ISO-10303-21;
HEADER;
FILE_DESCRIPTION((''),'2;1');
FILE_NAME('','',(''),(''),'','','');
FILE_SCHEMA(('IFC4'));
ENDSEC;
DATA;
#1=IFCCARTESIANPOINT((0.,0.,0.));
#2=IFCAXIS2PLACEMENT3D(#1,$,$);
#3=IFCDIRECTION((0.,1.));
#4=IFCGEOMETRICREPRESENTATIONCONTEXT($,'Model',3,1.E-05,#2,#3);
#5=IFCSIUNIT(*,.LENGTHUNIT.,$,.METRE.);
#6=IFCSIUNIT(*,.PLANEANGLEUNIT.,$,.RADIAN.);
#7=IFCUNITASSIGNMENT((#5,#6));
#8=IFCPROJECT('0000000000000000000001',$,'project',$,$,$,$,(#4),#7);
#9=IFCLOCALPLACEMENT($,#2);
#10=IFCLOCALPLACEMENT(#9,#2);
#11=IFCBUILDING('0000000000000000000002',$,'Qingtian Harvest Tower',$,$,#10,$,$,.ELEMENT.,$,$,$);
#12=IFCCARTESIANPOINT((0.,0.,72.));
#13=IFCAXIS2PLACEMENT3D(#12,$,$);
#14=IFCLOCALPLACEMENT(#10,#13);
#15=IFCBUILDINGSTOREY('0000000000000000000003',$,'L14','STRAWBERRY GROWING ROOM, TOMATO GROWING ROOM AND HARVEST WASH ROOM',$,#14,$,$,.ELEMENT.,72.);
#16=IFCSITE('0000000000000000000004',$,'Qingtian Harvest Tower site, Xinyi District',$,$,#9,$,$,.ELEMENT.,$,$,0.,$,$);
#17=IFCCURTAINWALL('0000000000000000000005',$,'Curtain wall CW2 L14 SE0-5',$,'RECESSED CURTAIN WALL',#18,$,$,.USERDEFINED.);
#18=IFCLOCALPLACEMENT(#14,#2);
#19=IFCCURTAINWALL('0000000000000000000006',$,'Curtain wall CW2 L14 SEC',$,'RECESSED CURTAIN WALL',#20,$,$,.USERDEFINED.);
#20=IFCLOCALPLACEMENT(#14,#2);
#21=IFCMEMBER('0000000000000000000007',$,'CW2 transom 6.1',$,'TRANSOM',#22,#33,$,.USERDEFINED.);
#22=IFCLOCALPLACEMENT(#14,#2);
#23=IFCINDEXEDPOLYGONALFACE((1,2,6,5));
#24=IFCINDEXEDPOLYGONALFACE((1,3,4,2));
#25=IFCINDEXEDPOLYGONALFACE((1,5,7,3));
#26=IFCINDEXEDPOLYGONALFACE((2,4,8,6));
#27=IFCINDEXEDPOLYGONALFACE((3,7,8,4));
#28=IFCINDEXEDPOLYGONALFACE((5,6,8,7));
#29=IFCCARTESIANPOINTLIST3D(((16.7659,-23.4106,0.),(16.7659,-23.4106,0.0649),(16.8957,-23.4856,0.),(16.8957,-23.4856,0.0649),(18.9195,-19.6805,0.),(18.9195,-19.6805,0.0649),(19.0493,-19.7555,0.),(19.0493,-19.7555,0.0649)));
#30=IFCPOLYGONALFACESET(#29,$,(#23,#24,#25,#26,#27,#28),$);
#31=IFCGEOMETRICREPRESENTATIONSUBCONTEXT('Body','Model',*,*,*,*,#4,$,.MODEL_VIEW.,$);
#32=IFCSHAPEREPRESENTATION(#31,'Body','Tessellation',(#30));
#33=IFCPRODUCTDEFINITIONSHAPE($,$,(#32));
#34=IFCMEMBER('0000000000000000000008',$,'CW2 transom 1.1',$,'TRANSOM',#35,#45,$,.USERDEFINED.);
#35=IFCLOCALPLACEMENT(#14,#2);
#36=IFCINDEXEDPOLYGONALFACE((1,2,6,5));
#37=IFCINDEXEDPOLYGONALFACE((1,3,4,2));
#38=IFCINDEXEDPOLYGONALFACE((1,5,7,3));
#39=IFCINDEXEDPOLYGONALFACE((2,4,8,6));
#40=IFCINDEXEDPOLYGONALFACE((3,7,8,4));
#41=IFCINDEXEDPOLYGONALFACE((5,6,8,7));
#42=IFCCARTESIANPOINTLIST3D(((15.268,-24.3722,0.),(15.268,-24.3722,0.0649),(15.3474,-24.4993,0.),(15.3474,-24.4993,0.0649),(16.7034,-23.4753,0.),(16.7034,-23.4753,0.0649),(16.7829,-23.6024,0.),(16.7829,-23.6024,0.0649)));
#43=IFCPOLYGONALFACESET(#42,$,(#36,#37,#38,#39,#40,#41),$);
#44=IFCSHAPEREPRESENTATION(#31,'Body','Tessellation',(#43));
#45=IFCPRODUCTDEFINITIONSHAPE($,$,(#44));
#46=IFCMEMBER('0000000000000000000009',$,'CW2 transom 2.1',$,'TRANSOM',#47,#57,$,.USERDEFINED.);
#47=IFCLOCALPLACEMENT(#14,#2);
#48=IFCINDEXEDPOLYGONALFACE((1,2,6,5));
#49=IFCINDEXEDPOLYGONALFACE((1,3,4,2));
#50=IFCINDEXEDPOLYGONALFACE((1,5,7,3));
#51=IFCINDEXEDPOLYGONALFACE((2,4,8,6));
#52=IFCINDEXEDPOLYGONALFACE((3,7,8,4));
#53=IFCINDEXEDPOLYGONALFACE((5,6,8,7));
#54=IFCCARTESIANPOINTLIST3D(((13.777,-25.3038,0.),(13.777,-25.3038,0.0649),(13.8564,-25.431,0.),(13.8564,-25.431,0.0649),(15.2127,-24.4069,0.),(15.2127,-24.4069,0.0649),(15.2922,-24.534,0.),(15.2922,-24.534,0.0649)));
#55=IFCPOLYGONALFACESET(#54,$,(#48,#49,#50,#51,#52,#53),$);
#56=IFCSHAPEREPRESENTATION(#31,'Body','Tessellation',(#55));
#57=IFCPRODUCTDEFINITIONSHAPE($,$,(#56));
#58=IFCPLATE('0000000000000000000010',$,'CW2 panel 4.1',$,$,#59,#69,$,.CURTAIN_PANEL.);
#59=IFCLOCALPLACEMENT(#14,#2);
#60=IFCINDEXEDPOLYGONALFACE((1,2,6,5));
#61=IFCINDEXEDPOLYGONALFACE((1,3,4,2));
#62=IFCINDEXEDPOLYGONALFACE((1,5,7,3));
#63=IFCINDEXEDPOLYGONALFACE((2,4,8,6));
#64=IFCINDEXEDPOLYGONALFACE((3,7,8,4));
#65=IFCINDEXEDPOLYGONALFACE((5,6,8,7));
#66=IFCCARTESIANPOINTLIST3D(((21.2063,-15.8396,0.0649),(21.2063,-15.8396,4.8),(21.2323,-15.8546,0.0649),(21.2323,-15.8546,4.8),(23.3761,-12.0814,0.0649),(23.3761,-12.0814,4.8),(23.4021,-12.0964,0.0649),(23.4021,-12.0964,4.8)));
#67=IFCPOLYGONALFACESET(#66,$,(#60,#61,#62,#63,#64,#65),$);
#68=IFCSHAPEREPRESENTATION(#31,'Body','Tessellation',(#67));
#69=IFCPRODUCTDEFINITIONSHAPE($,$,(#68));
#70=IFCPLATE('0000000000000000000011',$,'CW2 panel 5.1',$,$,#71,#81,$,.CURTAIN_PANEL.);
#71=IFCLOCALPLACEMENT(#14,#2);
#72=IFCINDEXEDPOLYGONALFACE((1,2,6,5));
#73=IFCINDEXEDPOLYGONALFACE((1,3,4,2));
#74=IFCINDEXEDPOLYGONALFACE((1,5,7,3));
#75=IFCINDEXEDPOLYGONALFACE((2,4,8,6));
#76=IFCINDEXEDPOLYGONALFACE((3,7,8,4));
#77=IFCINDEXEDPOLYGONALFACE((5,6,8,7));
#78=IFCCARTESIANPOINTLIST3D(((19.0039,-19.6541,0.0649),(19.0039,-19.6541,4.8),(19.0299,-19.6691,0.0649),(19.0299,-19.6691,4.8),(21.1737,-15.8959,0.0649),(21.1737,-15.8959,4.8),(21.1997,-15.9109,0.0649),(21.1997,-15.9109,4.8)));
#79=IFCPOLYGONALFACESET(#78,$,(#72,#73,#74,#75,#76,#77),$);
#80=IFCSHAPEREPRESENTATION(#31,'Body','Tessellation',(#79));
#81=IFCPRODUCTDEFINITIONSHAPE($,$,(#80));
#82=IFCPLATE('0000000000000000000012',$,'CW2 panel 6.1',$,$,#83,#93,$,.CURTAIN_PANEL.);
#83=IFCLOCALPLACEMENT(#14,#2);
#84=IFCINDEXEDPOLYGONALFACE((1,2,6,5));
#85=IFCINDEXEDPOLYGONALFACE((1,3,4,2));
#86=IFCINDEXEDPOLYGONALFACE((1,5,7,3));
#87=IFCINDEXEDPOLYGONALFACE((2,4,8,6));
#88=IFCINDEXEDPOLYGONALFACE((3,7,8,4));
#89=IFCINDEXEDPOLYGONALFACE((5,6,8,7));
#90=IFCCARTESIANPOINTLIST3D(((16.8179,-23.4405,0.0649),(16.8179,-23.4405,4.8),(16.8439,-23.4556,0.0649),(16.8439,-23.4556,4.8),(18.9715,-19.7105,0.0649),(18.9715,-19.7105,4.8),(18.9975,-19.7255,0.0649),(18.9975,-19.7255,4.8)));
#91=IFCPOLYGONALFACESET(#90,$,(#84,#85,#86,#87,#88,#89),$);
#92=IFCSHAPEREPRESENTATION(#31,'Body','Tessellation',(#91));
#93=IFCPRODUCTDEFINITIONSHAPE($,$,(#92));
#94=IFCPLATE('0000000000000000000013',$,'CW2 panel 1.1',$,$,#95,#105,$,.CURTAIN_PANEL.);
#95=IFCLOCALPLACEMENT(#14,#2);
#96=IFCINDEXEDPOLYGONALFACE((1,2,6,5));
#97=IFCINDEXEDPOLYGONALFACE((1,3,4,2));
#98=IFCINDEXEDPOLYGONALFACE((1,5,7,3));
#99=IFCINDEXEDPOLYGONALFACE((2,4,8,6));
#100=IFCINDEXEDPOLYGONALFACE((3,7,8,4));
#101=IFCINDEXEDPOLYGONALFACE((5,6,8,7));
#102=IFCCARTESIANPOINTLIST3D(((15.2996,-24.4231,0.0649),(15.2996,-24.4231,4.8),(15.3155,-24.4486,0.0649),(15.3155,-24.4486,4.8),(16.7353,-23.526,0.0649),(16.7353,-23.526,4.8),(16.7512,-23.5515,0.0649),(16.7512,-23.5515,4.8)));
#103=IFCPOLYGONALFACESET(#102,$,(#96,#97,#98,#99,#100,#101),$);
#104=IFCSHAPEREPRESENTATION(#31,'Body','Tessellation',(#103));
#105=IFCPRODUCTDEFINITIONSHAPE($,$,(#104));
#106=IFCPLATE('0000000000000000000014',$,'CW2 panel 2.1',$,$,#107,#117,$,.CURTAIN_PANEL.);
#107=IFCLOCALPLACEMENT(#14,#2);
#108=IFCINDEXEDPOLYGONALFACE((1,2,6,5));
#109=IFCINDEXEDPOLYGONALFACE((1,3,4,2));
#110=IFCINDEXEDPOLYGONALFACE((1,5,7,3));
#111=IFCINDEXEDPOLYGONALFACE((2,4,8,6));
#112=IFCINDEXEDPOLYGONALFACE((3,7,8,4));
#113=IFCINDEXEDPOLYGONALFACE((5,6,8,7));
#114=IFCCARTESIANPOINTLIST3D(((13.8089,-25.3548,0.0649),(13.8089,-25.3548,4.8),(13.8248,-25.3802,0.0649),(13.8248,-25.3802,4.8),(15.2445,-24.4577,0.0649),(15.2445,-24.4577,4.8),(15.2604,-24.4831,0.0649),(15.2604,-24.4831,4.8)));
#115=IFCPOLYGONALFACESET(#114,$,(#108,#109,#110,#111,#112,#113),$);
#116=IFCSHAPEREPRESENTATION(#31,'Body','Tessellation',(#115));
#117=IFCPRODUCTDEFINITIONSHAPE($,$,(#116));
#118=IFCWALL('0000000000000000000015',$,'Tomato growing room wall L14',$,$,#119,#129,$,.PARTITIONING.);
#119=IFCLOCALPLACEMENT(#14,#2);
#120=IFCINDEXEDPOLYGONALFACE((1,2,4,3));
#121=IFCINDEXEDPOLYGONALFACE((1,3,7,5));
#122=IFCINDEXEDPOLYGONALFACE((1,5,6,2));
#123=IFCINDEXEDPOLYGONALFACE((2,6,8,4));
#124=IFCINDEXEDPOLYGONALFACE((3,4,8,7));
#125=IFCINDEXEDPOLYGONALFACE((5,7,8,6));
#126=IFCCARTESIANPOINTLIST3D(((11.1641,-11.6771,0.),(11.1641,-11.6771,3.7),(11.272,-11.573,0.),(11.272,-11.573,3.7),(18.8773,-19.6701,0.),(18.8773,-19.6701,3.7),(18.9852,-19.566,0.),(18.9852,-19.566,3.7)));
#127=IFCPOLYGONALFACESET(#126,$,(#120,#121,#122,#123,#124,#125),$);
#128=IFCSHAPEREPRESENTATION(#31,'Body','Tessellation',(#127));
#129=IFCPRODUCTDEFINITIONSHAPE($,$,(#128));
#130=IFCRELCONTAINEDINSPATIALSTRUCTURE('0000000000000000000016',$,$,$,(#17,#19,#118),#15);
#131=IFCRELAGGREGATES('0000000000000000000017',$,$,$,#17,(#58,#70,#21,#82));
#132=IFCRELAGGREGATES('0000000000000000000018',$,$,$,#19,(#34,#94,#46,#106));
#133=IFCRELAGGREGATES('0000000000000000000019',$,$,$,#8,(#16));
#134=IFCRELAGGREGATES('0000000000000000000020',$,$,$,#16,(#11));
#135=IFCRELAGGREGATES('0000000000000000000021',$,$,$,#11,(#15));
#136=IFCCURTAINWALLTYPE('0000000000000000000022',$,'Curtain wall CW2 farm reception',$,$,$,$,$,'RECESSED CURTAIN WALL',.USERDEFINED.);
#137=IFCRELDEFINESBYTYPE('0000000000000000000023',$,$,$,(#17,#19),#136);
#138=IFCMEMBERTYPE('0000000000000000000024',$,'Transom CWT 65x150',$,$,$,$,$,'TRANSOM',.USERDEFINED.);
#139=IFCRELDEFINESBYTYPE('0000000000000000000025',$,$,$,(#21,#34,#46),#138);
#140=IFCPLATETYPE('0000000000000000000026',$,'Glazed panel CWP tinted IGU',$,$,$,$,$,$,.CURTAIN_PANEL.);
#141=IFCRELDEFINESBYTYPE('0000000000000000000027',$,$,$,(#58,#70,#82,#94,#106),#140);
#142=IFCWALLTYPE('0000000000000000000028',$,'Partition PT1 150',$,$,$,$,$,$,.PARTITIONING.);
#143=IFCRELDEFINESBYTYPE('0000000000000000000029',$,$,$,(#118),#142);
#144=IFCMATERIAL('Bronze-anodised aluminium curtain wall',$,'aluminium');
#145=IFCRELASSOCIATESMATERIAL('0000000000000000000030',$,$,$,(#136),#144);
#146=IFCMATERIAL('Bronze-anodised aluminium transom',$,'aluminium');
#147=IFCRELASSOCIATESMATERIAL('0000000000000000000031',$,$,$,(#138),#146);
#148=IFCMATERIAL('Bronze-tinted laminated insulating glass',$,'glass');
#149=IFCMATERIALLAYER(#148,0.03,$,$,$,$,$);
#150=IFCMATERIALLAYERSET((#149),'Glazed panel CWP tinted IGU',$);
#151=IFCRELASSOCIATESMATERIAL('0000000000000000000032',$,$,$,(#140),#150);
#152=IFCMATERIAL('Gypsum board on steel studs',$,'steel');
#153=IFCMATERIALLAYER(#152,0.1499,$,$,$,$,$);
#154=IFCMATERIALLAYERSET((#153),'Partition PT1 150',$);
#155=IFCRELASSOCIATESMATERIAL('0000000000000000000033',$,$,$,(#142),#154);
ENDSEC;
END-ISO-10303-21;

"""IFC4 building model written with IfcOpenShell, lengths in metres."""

from ifc_helpers import new_model, si_unit, direction, frame, frame_2d, origin, origin_2d, place, context, subcontext, project, spatial, rectangle, extrude, material, layer, layer_set, material_profile, profile_set, type_object, element, aggregate, save


model = new_model("IFC4")

# Units and contexts
model_context = context("Model", 3, precision=1e-05, world=origin(), true_north=direction((0.0, 1.0)))
body_context = subcontext(model_context, "Body", "Model", "MODEL_VIEW")
ifc_project = project(units=[si_unit("LENGTHUNIT", "METRE"), si_unit("PLANEANGLEUNIT", "RADIAN")], contexts=[model_context])

# Site, building, storey
site_placement = place(None, origin())
site = spatial("IfcSite", under=ifc_project, at=site_placement, Name="Qingtian Harvest Tower site, Xinyi District", CompositionType="ELEMENT", RefElevation=0.0)
building_placement = place(site_placement, origin())
building = spatial("IfcBuilding", under=site, at=building_placement, Name="Qingtian Harvest Tower", CompositionType="ELEMENT")
storey_placement = place(building_placement, frame((0.0, 0.0, 72.0)))
storey = spatial("IfcBuildingStorey", under=building, at=storey_placement, Name="L14", Description="STRAWBERRY GROWING ROOM, TOMATO GROWING ROOM AND HARVEST WASH ROOM", CompositionType="ELEMENT", Elevation=72.0)

# Curtain walls
ifc_material_1 = material(Name="Bronze-anodised aluminium curtain wall", Category="aluminium")
curtain_wall_type = type_object("IfcCurtainWallType", Name="Curtain wall CW2 farm reception", ElementType="RECESSED CURTAIN WALL", PredefinedType="USERDEFINED", material=ifc_material_1)
curtain_wall_1_placement = place(storey_placement, origin())
curtain_wall_1 = element("IfcCurtainWall", 1, at=curtain_wall_1_placement, inside=storey, type_object=curtain_wall_type, Name="Curtain wall CW2 L14 SE0-5", ObjectType="RECESSED CURTAIN WALL", PredefinedType="USERDEFINED")
curtain_wall_2_placement = place(storey_placement, origin())
curtain_wall_2 = element("IfcCurtainWall", 2, at=curtain_wall_2_placement, inside=storey, type_object=curtain_wall_type, Name="Curtain wall CW2 L14 SEC", ObjectType="RECESSED CURTAIN WALL", PredefinedType="USERDEFINED")

# Members
ifc_material_2 = material(Name="Bronze-anodised aluminium transom", Category="aluminium")
ifc_material_profile_1 = material_profile(ifc_material_2, rectangle(XDim=0.1499, YDim=0.0649, at=origin_2d()), Name="AL 65x150")
ifc_profile_set_1 = profile_set([ifc_material_profile_1], Name="Bronze-anodised aluminium transom")
member_type_1 = type_object("IfcMemberType", Name="Transom CWT 65x150", ElementType="TRANSOM", PredefinedType="USERDEFINED", material=ifc_profile_set_1)
member_1_placement = place(storey_placement, frame((18.9844, -19.718, 0.0325), z_axis=(-0.50001, -0.866019, 0.0), x_axis=(0.866019, -0.50001, 0.0)))
member_1 = element("IfcMember", 3, at=member_1_placement, type_object=member_type_1, Name="CW2 transom 6.1", ObjectType="TRANSOM", PredefinedType="USERDEFINED", context=body_context, shape_type="SweptSolid", body=[
    extrude(rectangle(XDim=0.1499, YDim=0.0649, at=origin_2d()), origin(), (0.0, 0.0, 1.0), 4.3071),
])
member_2_placement = place(storey_placement, frame((16.7432, -23.5388, 0.0325), z_axis=(-0.848063, -0.529895, 0.0), x_axis=(0.529895, -0.848063, 0.0)))
member_2 = element("IfcMember", 4, at=member_2_placement, type_object=member_type_1, Name="CW2 transom 1.1", ObjectType="TRANSOM", PredefinedType="USERDEFINED", context=body_context, shape_type="SweptSolid", body=[
    extrude(rectangle(XDim=0.1499, YDim=0.0649, at=origin_2d()), origin(), (0.0, 0.0, 1.0), 1.6926),
])
member_3_placement = place(storey_placement, frame((15.2524, -24.4705, 0.0325), z_axis=(-0.848104, -0.52983, 0.0), x_axis=(0.52983, -0.848104, 0.0)))
member_3 = element("IfcMember", 5, at=member_3_placement, type_object=member_type_1, Name="CW2 transom 2.1", ObjectType="TRANSOM", PredefinedType="USERDEFINED", context=body_context, shape_type="SweptSolid", body=[
    extrude(rectangle(XDim=0.1499, YDim=0.0649, at=origin_2d()), origin(), (0.0, 0.0, 1.0), 1.6929),
])

# Plates
ifc_material_3 = material(Name="Bronze-tinted laminated insulating glass", Category="glass")
ifc_layer_1 = layer(ifc_material_3, 0.03)
ifc_layer_set_1 = layer_set([ifc_layer_1], Name="Glazed panel CWP tinted IGU")
plate_type = type_object("IfcPlateType", Name="Glazed panel CWP tinted IGU", PredefinedType="CURTAIN_PANEL", material=ifc_layer_set_1)
plate_1_placement = place(storey_placement, frame((22.3042, -13.968, 0.0649), z_axis=(0.0, 0.0, 1.0), x_axis=(-0.5, -0.866025, 0.0)))
plate_1 = element("IfcPlate", 6, at=plate_1_placement, type_object=plate_type, Name="CW2 panel 4.1", PredefinedType="CURTAIN_PANEL", context=body_context, shape_type="SweptSolid", body=[
    extrude(rectangle(XDim=4.3396, YDim=0.03, at=origin_2d()), origin(), (0.0, 0.0, 1.0), 4.7351),
])
plate_2_placement = place(storey_placement, frame((20.1018, -17.7825, 0.0649), z_axis=(0.0, 0.0, 1.0), x_axis=(-0.5, -0.866025, 0.0)))
plate_2 = element("IfcPlate", 7, at=plate_2_placement, type_object=plate_type, Name="CW2 panel 5.1", PredefinedType="CURTAIN_PANEL", context=body_context, shape_type="SweptSolid", body=[
    extrude(rectangle(XDim=4.3396, YDim=0.03, at=origin_2d()), origin(), (0.0, 0.0, 1.0), 4.7351),
])
plate_3_placement = place(storey_placement, frame((17.9077, -21.583, 0.0649), z_axis=(0.0, 0.0, 1.0), x_axis=(-0.5, -0.866025, 0.0)))
plate_3 = element("IfcPlate", 8, at=plate_3_placement, type_object=plate_type, Name="CW2 panel 6.1", PredefinedType="CURTAIN_PANEL", context=body_context, shape_type="SweptSolid", body=[
    extrude(rectangle(XDim=4.3071, YDim=0.03, at=origin_2d()), origin(), (0.0, 0.0, 1.0), 4.7351),
])
aggregate(curtain_wall_1, [plate_1, plate_2, member_1, plate_3])
plate_4_placement = place(storey_placement, frame((16.0254, -23.9873, 0.0649), z_axis=(0.0, 0.0, 1.0), x_axis=(-0.848048, -0.529919, 0.0)))
plate_4 = element("IfcPlate", 9, at=plate_4_placement, type_object=plate_type, Name="CW2 panel 1.1", PredefinedType="CURTAIN_PANEL", context=body_context, shape_type="SweptSolid", body=[
    extrude(rectangle(XDim=1.6929, YDim=0.03, at=origin_2d()), origin(), (0.0, 0.0, 1.0), 4.7351),
])
plate_5_placement = place(storey_placement, frame((14.5347, -24.9189, 0.0649), z_axis=(0.0, 0.0, 1.0), x_axis=(-0.848048, -0.529919, 0.0)))
plate_5 = element("IfcPlate", 10, at=plate_5_placement, type_object=plate_type, Name="CW2 panel 2.1", PredefinedType="CURTAIN_PANEL", context=body_context, shape_type="SweptSolid", body=[
    extrude(rectangle(XDim=1.6929, YDim=0.03, at=origin_2d()), origin(), (0.0, 0.0, 1.0), 4.7351),
])
aggregate(curtain_wall_2, [member_2, plate_4, member_3, plate_5])

# Wall
ifc_material_4 = material(Name="Gypsum board on steel studs", Category="steel")
ifc_layer_2 = layer(ifc_material_4, 0.1499)
ifc_layer_set_2 = layer_set([ifc_layer_2], Name="Partition PT1 150")
wall_type = type_object("IfcWallType", Name="Partition PT1 150", PredefinedType="PARTITIONING", material=ifc_layer_set_2)
wall_placement = place(storey_placement, frame((18.9312, -19.6179, 0.0), z_axis=(0.0, 0.0, 1.0), x_axis=(-0.6944, 0.719589, 0.0)))
element("IfcWall", 11, at=wall_placement, inside=storey, type_object=wall_type, Name="Tomato growing room wall L14", PredefinedType="PARTITIONING", context=body_context, shape_type="SweptSolid", body=[
    extrude(rectangle(XDim=11.1077, YDim=0.1499, at=frame_2d((5.5537, 0.0))), origin(), (0.0, 0.0, 1.0), 3.7),
])

save(model, "model.ifc")
